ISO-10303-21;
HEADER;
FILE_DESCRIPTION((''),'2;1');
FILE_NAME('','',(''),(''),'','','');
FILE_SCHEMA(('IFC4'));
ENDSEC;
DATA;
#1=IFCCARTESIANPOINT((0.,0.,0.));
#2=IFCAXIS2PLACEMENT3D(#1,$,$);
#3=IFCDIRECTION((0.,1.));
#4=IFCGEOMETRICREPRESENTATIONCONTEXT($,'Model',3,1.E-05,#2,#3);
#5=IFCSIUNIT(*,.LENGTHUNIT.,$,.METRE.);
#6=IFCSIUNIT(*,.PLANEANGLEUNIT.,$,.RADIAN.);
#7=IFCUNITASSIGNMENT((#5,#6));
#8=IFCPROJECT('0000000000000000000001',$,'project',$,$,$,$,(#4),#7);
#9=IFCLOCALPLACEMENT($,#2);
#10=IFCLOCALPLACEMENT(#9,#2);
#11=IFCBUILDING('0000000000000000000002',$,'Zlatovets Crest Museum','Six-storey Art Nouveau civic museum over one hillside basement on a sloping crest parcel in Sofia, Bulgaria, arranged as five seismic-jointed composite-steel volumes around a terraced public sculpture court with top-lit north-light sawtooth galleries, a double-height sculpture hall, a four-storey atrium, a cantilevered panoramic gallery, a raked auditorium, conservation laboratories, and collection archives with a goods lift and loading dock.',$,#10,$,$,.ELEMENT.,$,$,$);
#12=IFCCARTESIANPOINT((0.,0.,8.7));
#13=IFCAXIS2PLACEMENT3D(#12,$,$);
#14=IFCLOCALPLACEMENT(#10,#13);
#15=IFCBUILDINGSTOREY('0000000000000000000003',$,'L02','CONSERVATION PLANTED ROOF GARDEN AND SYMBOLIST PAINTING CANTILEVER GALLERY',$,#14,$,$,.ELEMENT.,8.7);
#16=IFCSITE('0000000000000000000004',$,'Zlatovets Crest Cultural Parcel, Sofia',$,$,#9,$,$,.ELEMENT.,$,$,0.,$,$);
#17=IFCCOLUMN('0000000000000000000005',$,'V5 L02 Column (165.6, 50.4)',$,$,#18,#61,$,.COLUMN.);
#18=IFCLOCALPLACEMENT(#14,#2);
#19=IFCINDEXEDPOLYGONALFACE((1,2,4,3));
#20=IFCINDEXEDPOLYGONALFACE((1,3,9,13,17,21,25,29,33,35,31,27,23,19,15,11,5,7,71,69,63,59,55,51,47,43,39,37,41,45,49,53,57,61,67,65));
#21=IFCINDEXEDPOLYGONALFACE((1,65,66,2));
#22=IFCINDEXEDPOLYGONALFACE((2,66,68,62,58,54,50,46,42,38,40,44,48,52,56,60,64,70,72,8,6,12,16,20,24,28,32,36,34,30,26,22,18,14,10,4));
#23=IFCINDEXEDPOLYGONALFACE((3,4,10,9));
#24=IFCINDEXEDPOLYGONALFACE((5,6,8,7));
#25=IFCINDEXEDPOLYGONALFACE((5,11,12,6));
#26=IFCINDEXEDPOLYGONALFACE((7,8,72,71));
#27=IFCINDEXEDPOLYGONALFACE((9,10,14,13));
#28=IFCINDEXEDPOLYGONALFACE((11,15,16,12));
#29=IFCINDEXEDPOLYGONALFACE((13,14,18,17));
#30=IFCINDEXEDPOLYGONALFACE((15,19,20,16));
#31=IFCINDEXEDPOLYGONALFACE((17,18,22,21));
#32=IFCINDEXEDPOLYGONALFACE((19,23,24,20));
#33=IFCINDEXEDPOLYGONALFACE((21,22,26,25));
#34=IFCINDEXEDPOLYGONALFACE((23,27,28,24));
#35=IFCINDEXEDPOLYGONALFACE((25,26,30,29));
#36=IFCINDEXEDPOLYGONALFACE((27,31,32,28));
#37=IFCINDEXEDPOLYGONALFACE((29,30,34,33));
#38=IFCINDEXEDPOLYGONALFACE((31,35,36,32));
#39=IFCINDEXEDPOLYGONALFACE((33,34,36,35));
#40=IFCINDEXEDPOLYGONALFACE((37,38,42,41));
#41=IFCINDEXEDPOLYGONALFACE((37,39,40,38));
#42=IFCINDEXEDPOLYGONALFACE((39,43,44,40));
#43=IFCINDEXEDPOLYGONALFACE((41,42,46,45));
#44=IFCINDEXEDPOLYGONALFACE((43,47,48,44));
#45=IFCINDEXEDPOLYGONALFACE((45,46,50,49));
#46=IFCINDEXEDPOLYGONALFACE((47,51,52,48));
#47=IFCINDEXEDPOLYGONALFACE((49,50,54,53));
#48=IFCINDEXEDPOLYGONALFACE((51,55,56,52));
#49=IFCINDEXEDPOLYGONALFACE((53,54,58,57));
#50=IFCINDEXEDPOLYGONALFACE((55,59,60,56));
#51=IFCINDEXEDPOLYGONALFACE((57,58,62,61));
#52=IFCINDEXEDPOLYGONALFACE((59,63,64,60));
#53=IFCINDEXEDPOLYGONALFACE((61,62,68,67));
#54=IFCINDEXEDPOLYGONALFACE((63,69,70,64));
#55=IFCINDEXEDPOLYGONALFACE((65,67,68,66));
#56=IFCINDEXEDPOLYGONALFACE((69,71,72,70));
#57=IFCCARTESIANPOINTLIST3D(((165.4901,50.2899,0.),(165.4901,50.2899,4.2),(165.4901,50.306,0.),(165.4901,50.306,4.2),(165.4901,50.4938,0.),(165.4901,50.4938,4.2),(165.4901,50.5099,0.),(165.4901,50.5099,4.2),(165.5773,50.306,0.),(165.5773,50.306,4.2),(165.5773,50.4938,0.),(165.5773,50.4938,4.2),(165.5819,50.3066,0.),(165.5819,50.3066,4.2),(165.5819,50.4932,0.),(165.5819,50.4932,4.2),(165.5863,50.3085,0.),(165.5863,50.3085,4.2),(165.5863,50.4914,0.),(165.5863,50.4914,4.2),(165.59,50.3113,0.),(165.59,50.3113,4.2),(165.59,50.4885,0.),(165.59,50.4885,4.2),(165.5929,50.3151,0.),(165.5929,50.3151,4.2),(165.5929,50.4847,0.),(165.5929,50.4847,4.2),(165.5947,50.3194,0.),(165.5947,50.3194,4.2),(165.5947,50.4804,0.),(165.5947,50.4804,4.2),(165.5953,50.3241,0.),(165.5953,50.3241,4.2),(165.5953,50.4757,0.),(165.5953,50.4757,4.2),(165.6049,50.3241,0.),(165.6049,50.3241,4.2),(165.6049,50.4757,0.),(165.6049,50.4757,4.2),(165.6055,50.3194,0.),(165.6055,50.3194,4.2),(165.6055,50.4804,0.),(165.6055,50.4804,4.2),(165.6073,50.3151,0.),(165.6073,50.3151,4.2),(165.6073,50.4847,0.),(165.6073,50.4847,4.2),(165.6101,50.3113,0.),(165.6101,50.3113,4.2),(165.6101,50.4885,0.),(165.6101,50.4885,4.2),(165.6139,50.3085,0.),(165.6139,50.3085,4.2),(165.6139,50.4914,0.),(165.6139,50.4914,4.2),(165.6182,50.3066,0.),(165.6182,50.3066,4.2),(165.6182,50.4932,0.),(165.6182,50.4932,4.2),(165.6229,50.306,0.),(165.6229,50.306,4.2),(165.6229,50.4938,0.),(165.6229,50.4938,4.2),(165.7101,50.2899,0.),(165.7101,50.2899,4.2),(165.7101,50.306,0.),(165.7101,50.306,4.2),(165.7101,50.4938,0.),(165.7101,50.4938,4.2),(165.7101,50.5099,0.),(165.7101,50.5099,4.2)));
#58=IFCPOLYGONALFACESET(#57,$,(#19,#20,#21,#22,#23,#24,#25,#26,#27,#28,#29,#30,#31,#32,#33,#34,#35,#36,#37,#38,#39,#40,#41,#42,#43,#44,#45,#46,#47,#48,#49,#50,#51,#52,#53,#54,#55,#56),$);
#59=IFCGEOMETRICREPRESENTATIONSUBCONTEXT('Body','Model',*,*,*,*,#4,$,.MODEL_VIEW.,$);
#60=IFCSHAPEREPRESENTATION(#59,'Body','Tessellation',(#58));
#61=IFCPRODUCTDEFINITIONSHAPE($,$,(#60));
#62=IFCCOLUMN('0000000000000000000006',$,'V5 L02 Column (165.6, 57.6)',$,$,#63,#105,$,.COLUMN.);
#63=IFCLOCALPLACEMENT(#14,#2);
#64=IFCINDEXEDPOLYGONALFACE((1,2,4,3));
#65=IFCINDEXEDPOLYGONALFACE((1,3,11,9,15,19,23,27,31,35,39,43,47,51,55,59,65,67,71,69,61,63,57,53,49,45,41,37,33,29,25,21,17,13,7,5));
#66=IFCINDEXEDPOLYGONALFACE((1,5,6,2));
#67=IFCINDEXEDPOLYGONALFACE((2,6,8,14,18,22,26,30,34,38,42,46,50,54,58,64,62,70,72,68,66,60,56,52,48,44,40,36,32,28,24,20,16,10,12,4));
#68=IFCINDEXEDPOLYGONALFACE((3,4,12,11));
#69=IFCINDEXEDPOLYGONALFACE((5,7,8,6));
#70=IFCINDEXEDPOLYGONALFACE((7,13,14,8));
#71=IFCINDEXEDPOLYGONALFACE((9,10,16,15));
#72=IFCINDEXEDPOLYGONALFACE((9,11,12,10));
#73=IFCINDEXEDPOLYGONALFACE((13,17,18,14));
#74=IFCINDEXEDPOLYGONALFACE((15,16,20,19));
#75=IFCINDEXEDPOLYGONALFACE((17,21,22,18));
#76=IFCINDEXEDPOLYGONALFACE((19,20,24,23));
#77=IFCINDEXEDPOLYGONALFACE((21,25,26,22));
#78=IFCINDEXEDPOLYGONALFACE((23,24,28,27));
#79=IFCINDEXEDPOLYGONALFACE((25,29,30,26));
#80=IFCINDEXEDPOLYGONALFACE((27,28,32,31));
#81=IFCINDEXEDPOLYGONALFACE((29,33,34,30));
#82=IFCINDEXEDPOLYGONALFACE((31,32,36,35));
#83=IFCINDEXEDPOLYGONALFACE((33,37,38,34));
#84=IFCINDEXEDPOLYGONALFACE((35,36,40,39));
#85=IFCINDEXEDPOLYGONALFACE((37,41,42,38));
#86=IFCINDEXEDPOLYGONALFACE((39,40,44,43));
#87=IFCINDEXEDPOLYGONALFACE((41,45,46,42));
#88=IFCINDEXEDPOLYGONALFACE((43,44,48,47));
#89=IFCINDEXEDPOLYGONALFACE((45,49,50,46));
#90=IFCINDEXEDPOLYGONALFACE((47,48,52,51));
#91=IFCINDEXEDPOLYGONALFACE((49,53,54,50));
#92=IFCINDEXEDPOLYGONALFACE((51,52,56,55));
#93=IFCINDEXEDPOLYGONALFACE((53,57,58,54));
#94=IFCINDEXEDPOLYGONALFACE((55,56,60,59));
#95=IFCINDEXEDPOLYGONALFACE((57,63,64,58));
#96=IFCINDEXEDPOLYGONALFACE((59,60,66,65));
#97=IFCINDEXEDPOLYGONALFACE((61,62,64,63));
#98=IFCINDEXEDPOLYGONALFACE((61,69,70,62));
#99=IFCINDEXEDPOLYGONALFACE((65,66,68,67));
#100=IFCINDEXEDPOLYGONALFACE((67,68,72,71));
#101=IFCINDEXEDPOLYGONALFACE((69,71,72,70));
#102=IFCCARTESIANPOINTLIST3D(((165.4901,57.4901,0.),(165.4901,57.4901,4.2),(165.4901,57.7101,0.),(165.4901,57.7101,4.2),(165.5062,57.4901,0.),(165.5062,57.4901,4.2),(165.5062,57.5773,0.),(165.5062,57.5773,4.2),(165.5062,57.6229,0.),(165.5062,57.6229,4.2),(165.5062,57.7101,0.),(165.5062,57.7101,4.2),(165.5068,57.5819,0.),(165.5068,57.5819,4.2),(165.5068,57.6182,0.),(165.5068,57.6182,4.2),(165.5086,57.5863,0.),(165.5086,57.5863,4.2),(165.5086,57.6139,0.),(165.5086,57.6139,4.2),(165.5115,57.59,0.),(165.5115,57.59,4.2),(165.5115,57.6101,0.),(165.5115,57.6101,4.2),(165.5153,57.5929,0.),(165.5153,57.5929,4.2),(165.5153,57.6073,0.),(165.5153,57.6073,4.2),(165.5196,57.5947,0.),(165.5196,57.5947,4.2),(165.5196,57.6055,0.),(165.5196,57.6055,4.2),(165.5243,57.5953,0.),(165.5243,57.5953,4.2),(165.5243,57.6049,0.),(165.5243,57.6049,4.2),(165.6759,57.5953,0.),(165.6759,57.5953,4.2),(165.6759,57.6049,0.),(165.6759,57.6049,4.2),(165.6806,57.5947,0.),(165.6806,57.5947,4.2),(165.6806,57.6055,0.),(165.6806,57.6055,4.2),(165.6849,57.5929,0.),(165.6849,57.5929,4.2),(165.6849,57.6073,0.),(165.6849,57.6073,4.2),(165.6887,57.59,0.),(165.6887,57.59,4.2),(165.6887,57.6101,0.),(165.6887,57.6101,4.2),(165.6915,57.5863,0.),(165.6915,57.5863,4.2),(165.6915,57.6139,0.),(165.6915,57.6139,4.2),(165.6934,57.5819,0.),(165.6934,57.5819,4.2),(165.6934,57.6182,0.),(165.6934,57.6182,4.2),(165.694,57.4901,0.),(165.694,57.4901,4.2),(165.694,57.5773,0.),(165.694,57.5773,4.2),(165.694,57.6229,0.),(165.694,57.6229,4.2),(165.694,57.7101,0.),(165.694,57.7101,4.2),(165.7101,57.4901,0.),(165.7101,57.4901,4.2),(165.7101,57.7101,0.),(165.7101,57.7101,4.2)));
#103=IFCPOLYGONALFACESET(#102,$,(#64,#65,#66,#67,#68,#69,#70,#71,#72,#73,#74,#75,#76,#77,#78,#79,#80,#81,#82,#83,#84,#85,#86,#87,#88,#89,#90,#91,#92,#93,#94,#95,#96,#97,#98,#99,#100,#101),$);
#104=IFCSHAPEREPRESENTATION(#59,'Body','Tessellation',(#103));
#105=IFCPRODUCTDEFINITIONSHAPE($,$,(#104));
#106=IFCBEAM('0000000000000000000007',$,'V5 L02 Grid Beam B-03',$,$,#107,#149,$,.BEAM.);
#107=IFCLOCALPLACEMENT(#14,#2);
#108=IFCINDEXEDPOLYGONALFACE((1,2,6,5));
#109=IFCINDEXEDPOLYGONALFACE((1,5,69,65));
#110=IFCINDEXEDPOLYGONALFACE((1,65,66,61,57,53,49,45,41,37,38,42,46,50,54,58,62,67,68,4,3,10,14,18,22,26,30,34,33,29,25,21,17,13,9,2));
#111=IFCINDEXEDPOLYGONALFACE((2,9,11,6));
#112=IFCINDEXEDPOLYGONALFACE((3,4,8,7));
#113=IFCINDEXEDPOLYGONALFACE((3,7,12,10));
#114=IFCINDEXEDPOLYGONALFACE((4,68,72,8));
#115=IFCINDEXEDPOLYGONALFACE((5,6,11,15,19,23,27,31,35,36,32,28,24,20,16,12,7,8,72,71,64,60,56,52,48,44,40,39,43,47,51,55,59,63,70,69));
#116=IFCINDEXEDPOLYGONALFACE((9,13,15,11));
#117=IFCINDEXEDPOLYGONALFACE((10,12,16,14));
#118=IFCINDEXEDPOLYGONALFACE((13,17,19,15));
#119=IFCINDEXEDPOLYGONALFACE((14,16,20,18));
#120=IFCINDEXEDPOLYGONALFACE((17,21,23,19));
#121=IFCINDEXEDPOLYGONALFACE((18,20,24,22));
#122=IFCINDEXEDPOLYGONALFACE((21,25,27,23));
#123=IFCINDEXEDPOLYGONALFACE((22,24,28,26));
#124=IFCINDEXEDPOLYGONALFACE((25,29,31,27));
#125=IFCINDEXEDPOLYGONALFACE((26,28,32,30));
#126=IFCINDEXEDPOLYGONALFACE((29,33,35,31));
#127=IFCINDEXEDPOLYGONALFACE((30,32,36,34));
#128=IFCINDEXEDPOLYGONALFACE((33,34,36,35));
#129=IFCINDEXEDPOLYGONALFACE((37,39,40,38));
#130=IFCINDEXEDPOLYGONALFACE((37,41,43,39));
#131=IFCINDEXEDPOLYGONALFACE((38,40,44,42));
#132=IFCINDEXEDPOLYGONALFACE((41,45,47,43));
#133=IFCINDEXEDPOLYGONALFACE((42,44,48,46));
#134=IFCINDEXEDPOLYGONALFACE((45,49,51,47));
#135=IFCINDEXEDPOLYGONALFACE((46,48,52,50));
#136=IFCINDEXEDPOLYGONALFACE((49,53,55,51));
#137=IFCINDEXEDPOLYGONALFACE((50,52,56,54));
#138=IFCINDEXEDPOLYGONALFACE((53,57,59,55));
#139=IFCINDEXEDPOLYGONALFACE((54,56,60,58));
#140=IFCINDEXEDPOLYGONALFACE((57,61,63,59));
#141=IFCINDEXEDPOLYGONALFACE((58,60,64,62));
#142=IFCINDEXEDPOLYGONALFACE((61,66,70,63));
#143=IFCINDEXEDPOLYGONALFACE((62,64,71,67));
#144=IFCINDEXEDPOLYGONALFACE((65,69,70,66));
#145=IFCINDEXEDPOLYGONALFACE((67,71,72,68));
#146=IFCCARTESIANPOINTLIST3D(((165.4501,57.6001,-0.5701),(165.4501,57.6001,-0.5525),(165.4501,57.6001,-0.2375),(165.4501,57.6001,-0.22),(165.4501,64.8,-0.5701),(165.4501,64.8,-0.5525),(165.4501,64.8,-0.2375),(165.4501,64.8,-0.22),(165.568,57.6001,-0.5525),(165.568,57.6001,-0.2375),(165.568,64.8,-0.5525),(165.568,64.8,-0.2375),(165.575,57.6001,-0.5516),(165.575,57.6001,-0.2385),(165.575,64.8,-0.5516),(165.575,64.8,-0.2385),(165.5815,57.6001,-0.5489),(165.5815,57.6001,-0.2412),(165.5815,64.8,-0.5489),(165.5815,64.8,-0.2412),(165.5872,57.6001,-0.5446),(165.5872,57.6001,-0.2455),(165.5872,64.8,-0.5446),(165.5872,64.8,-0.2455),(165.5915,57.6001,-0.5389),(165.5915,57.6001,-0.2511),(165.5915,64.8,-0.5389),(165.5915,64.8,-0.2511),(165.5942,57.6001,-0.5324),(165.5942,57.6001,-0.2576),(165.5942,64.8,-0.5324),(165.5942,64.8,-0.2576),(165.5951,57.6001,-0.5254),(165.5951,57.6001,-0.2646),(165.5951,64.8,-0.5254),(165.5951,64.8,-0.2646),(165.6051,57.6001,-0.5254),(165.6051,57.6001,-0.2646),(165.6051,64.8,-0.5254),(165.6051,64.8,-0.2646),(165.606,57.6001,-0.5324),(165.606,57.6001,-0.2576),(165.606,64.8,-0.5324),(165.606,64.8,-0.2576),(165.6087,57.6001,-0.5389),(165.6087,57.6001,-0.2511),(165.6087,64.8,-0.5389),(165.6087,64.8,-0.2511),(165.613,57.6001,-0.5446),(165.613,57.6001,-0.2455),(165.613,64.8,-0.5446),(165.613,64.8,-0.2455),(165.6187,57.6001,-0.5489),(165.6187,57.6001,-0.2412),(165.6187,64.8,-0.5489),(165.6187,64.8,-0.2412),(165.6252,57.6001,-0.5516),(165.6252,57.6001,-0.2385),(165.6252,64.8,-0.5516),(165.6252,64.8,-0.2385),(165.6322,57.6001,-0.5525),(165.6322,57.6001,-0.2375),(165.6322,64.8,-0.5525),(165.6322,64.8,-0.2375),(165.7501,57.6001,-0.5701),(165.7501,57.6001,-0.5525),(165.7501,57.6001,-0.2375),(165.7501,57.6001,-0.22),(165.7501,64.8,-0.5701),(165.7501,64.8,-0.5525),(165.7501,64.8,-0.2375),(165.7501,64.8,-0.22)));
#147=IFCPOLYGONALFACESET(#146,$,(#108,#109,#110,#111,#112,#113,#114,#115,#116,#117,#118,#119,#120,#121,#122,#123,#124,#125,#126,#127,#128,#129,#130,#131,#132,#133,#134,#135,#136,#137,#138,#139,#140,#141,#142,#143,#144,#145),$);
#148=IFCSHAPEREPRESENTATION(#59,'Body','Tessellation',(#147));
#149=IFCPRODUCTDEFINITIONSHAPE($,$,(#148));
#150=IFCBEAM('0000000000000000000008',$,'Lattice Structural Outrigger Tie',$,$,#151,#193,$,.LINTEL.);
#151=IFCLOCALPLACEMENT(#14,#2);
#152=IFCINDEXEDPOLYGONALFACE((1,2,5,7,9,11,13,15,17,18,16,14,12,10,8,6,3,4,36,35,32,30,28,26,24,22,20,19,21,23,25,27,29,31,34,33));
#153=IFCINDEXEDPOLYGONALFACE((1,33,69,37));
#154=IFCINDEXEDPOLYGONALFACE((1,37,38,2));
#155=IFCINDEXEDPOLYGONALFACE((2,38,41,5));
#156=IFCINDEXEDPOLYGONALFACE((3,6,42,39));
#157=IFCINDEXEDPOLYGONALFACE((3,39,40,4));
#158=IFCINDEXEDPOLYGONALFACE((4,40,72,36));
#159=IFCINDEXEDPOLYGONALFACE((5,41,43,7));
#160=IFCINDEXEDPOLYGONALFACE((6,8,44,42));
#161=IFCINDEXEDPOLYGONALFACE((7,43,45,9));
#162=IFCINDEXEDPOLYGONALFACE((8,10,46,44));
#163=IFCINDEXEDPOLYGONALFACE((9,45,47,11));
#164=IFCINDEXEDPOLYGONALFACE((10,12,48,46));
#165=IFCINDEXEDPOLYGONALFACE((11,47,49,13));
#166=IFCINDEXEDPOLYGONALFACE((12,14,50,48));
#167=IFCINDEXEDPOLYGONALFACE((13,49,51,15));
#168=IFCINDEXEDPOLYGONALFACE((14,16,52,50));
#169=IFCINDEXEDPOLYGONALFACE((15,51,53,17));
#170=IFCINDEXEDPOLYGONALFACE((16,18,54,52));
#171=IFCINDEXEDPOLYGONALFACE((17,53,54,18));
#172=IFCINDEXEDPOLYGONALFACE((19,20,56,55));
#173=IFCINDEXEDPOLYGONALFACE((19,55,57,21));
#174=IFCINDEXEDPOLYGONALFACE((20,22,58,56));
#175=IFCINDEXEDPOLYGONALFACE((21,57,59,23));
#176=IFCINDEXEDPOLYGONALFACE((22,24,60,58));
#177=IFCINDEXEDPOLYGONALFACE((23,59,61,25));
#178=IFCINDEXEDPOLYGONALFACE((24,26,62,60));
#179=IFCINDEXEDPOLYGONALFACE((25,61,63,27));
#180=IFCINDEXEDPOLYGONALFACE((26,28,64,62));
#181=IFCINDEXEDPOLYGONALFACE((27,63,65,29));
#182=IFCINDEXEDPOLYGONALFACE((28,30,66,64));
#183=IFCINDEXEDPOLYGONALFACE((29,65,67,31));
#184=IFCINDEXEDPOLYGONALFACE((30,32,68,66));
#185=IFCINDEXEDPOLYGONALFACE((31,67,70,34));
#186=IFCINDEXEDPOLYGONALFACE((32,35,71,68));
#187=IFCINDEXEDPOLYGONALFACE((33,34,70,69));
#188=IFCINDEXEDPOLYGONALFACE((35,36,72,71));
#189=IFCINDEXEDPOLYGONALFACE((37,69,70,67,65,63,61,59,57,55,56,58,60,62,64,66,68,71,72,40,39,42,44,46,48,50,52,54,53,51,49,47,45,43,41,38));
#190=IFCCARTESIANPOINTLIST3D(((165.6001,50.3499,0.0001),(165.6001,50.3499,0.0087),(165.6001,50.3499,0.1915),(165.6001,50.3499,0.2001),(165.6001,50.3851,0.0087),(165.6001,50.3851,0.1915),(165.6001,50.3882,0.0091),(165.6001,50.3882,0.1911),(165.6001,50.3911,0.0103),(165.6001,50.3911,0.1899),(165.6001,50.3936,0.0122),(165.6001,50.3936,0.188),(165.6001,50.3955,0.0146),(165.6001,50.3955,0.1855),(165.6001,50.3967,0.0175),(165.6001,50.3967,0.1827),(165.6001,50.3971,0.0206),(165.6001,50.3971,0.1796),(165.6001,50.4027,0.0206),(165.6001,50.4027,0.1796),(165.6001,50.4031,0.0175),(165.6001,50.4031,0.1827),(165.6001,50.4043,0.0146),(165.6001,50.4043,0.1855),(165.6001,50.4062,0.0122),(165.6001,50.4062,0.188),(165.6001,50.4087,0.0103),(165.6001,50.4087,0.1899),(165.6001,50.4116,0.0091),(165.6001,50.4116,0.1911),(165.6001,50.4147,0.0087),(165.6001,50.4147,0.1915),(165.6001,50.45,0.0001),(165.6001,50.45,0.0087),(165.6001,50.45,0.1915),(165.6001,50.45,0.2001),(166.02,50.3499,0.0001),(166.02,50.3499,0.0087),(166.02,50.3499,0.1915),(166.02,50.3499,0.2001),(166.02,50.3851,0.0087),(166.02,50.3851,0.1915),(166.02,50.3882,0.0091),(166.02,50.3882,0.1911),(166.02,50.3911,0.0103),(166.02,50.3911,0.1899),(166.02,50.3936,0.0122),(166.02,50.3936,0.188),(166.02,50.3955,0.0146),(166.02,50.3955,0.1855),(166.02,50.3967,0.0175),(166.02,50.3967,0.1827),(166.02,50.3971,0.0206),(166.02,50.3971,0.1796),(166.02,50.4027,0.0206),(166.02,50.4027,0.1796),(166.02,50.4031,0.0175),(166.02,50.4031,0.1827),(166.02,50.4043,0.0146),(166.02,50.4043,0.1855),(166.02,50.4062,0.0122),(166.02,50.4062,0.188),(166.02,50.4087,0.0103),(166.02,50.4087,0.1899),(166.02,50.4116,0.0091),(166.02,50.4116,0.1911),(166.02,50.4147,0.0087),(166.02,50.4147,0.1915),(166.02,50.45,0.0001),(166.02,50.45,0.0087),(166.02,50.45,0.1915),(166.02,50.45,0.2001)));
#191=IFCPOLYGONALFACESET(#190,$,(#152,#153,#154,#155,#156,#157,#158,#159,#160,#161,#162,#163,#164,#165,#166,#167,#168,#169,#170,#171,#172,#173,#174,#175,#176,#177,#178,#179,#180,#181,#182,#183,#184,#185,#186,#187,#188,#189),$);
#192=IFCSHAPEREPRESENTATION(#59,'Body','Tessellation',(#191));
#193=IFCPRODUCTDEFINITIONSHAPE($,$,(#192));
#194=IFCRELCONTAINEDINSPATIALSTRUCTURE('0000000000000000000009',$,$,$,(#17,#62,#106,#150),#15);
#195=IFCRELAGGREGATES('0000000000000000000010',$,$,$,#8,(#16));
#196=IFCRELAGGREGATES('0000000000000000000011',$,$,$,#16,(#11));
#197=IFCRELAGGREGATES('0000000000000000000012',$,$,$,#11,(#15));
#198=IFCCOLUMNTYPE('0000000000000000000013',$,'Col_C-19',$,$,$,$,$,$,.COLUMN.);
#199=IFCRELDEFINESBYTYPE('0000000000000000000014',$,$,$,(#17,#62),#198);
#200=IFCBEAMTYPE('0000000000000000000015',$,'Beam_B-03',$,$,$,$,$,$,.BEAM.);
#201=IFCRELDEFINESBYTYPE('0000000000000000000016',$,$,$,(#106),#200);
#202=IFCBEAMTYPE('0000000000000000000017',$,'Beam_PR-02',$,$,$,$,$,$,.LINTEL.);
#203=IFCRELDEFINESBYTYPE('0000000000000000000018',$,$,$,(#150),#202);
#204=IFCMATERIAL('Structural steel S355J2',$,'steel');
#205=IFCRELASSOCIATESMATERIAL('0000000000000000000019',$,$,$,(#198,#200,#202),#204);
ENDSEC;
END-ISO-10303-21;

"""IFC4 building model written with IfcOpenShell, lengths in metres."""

from ifc_helpers import new_model, si_unit, direction, frame, origin, origin_2d, place, context, subcontext, project, spatial, i_section, extrude, material, material_profile, profile_set, type_object, element, save


model = new_model("IFC4")

# Units and contexts
model_context = context("Model", 3, precision=1e-05, world=origin(), true_north=direction((0.0, 1.0)))
body_context = subcontext(model_context, "Body", "Model", "MODEL_VIEW")
ifc_project = project(units=[si_unit("LENGTHUNIT", "METRE"), si_unit("PLANEANGLEUNIT", "RADIAN")], contexts=[model_context])

# Site, building, storey
site_placement = place(None, origin())
site = spatial("IfcSite", under=ifc_project, at=site_placement, Name="Zlatovets Crest Cultural Parcel, Sofia", CompositionType="ELEMENT", RefElevation=0.0)
building_placement = place(site_placement, origin())
building = spatial("IfcBuilding", under=site, at=building_placement, Name="Zlatovets Crest Museum", Description="Six-storey Art Nouveau civic museum over one hillside basement on a sloping crest parcel in Sofia, Bulgaria, arranged as five seismic-jointed composite-steel volumes around a terraced public sculpture court with top-lit north-light sawtooth galleries, a double-height sculpture hall, a four-storey atrium, a cantilevered panoramic gallery, a raked auditorium, conservation laboratories, and collection archives with a goods lift and loading dock.", CompositionType="ELEMENT")
storey_placement = place(building_placement, frame((0.0, 0.0, 8.7)))
storey = spatial("IfcBuildingStorey", under=building, at=storey_placement, Name="L02", Description="CONSERVATION PLANTED ROOF GARDEN AND SYMBOLIST PAINTING CANTILEVER GALLERY", CompositionType="ELEMENT", Elevation=8.7)

# Columns
ifc_material_1 = material(Name="Structural steel S355J2", Category="steel")
ifc_material_profile_1 = material_profile(ifc_material_1, i_section(OverallWidth=0.22, OverallDepth=0.22, WebThickness=0.0095, FlangeThickness=0.0161, FilletRadius=0.0181, at=origin_2d()), Name="HEB 220")
ifc_profile_set_1 = profile_set([ifc_material_profile_1], Name="Structural steel S355J2")
column_type = type_object("IfcColumnType", Name="Col_C-19", PredefinedType="COLUMN", material=ifc_profile_set_1)
for number, where, z_axis, x_axis, name in (
    (1, (165.6001, 50.3999, 0.0), (0.0, 0.0, 1.0), (1.0, 0.0, 0.0), "V5 L02 Column (165.6, 50.4)"),
    (2, (165.6001, 57.6001, 0.0), (0.0, 0.0, 1.0), (0.0, 1.0, 0.0), "V5 L02 Column (165.6, 57.6)"),
):
    element("IfcColumn", number, at=place(storey_placement, frame(where, z_axis=z_axis, x_axis=x_axis)), inside=storey, type_object=column_type, Name=name, PredefinedType="COLUMN", context=body_context, shape_type="SweptSolid", body=[
        extrude(i_section(OverallWidth=0.22, OverallDepth=0.22, WebThickness=0.0095, FlangeThickness=0.0161, FilletRadius=0.0181, at=origin_2d()), origin(), (0.0, 0.0, 1.0), 4.2),
    ])

# Beams
ifc_material_profile_2 = material_profile(ifc_material_1, i_section(OverallWidth=0.3, OverallDepth=0.3501, WebThickness=0.01, FlangeThickness=0.0176, FilletRadius=0.0271, at=origin_2d()), Name="HEA 360")
ifc_profile_set_2 = profile_set([ifc_material_profile_2], Name="Structural steel S355J2")
beam_type_1 = type_object("IfcBeamType", Name="Beam_B-03", PredefinedType="BEAM", material=ifc_profile_set_2)
beam_placement = place(storey_placement, frame((165.6001, 57.6001, -0.395), z_axis=(0.0, 1.0, 0.0), x_axis=(-1.0, 0.0, 0.0)))
element("IfcBeam", 3, at=beam_placement, inside=storey, type_object=beam_type_1, Name="V5 L02 Grid Beam B-03", PredefinedType="BEAM", context=body_context, shape_type="SweptSolid", body=[
    extrude(i_section(OverallWidth=0.3, OverallDepth=0.3501, WebThickness=0.01, FlangeThickness=0.0176, FilletRadius=0.0271, at=origin_2d()), origin(), (0.0, 0.0, 1.0), 7.2),
])
ifc_material_profile_3 = material_profile(ifc_material_1, i_section(OverallWidth=0.1001, OverallDepth=0.2, WebThickness=0.0056, FlangeThickness=0.0085, FilletRadius=0.012, at=origin_2d()), Name="IPE 200")
ifc_profile_set_3 = profile_set([ifc_material_profile_3], Name="Structural steel S355J2")
beam_type_2 = type_object("IfcBeamType", Name="Beam_PR-02", PredefinedType="LINTEL", material=ifc_profile_set_3)
for number, where, z_axis, x_axis, name in (
    (4, (165.6001, 50.3999, 0.1001), (1.0, 0.0, 0.0), (0.0, 1.0, 0.0), "Lattice Structural Outrigger Tie"),
):
    element("IfcBeam", number, at=place(storey_placement, frame(where, z_axis=z_axis, x_axis=x_axis)), inside=storey, type_object=beam_type_2, Name=name, PredefinedType="LINTEL", context=body_context, shape_type="SweptSolid", body=[
        extrude(i_section(OverallWidth=0.1001, OverallDepth=0.2, WebThickness=0.0056, FlangeThickness=0.0085, FilletRadius=0.012, at=origin_2d()), origin(), (0.0, 0.0, 1.0), 0.4199),
    ])

save(model, "model.ifc")
